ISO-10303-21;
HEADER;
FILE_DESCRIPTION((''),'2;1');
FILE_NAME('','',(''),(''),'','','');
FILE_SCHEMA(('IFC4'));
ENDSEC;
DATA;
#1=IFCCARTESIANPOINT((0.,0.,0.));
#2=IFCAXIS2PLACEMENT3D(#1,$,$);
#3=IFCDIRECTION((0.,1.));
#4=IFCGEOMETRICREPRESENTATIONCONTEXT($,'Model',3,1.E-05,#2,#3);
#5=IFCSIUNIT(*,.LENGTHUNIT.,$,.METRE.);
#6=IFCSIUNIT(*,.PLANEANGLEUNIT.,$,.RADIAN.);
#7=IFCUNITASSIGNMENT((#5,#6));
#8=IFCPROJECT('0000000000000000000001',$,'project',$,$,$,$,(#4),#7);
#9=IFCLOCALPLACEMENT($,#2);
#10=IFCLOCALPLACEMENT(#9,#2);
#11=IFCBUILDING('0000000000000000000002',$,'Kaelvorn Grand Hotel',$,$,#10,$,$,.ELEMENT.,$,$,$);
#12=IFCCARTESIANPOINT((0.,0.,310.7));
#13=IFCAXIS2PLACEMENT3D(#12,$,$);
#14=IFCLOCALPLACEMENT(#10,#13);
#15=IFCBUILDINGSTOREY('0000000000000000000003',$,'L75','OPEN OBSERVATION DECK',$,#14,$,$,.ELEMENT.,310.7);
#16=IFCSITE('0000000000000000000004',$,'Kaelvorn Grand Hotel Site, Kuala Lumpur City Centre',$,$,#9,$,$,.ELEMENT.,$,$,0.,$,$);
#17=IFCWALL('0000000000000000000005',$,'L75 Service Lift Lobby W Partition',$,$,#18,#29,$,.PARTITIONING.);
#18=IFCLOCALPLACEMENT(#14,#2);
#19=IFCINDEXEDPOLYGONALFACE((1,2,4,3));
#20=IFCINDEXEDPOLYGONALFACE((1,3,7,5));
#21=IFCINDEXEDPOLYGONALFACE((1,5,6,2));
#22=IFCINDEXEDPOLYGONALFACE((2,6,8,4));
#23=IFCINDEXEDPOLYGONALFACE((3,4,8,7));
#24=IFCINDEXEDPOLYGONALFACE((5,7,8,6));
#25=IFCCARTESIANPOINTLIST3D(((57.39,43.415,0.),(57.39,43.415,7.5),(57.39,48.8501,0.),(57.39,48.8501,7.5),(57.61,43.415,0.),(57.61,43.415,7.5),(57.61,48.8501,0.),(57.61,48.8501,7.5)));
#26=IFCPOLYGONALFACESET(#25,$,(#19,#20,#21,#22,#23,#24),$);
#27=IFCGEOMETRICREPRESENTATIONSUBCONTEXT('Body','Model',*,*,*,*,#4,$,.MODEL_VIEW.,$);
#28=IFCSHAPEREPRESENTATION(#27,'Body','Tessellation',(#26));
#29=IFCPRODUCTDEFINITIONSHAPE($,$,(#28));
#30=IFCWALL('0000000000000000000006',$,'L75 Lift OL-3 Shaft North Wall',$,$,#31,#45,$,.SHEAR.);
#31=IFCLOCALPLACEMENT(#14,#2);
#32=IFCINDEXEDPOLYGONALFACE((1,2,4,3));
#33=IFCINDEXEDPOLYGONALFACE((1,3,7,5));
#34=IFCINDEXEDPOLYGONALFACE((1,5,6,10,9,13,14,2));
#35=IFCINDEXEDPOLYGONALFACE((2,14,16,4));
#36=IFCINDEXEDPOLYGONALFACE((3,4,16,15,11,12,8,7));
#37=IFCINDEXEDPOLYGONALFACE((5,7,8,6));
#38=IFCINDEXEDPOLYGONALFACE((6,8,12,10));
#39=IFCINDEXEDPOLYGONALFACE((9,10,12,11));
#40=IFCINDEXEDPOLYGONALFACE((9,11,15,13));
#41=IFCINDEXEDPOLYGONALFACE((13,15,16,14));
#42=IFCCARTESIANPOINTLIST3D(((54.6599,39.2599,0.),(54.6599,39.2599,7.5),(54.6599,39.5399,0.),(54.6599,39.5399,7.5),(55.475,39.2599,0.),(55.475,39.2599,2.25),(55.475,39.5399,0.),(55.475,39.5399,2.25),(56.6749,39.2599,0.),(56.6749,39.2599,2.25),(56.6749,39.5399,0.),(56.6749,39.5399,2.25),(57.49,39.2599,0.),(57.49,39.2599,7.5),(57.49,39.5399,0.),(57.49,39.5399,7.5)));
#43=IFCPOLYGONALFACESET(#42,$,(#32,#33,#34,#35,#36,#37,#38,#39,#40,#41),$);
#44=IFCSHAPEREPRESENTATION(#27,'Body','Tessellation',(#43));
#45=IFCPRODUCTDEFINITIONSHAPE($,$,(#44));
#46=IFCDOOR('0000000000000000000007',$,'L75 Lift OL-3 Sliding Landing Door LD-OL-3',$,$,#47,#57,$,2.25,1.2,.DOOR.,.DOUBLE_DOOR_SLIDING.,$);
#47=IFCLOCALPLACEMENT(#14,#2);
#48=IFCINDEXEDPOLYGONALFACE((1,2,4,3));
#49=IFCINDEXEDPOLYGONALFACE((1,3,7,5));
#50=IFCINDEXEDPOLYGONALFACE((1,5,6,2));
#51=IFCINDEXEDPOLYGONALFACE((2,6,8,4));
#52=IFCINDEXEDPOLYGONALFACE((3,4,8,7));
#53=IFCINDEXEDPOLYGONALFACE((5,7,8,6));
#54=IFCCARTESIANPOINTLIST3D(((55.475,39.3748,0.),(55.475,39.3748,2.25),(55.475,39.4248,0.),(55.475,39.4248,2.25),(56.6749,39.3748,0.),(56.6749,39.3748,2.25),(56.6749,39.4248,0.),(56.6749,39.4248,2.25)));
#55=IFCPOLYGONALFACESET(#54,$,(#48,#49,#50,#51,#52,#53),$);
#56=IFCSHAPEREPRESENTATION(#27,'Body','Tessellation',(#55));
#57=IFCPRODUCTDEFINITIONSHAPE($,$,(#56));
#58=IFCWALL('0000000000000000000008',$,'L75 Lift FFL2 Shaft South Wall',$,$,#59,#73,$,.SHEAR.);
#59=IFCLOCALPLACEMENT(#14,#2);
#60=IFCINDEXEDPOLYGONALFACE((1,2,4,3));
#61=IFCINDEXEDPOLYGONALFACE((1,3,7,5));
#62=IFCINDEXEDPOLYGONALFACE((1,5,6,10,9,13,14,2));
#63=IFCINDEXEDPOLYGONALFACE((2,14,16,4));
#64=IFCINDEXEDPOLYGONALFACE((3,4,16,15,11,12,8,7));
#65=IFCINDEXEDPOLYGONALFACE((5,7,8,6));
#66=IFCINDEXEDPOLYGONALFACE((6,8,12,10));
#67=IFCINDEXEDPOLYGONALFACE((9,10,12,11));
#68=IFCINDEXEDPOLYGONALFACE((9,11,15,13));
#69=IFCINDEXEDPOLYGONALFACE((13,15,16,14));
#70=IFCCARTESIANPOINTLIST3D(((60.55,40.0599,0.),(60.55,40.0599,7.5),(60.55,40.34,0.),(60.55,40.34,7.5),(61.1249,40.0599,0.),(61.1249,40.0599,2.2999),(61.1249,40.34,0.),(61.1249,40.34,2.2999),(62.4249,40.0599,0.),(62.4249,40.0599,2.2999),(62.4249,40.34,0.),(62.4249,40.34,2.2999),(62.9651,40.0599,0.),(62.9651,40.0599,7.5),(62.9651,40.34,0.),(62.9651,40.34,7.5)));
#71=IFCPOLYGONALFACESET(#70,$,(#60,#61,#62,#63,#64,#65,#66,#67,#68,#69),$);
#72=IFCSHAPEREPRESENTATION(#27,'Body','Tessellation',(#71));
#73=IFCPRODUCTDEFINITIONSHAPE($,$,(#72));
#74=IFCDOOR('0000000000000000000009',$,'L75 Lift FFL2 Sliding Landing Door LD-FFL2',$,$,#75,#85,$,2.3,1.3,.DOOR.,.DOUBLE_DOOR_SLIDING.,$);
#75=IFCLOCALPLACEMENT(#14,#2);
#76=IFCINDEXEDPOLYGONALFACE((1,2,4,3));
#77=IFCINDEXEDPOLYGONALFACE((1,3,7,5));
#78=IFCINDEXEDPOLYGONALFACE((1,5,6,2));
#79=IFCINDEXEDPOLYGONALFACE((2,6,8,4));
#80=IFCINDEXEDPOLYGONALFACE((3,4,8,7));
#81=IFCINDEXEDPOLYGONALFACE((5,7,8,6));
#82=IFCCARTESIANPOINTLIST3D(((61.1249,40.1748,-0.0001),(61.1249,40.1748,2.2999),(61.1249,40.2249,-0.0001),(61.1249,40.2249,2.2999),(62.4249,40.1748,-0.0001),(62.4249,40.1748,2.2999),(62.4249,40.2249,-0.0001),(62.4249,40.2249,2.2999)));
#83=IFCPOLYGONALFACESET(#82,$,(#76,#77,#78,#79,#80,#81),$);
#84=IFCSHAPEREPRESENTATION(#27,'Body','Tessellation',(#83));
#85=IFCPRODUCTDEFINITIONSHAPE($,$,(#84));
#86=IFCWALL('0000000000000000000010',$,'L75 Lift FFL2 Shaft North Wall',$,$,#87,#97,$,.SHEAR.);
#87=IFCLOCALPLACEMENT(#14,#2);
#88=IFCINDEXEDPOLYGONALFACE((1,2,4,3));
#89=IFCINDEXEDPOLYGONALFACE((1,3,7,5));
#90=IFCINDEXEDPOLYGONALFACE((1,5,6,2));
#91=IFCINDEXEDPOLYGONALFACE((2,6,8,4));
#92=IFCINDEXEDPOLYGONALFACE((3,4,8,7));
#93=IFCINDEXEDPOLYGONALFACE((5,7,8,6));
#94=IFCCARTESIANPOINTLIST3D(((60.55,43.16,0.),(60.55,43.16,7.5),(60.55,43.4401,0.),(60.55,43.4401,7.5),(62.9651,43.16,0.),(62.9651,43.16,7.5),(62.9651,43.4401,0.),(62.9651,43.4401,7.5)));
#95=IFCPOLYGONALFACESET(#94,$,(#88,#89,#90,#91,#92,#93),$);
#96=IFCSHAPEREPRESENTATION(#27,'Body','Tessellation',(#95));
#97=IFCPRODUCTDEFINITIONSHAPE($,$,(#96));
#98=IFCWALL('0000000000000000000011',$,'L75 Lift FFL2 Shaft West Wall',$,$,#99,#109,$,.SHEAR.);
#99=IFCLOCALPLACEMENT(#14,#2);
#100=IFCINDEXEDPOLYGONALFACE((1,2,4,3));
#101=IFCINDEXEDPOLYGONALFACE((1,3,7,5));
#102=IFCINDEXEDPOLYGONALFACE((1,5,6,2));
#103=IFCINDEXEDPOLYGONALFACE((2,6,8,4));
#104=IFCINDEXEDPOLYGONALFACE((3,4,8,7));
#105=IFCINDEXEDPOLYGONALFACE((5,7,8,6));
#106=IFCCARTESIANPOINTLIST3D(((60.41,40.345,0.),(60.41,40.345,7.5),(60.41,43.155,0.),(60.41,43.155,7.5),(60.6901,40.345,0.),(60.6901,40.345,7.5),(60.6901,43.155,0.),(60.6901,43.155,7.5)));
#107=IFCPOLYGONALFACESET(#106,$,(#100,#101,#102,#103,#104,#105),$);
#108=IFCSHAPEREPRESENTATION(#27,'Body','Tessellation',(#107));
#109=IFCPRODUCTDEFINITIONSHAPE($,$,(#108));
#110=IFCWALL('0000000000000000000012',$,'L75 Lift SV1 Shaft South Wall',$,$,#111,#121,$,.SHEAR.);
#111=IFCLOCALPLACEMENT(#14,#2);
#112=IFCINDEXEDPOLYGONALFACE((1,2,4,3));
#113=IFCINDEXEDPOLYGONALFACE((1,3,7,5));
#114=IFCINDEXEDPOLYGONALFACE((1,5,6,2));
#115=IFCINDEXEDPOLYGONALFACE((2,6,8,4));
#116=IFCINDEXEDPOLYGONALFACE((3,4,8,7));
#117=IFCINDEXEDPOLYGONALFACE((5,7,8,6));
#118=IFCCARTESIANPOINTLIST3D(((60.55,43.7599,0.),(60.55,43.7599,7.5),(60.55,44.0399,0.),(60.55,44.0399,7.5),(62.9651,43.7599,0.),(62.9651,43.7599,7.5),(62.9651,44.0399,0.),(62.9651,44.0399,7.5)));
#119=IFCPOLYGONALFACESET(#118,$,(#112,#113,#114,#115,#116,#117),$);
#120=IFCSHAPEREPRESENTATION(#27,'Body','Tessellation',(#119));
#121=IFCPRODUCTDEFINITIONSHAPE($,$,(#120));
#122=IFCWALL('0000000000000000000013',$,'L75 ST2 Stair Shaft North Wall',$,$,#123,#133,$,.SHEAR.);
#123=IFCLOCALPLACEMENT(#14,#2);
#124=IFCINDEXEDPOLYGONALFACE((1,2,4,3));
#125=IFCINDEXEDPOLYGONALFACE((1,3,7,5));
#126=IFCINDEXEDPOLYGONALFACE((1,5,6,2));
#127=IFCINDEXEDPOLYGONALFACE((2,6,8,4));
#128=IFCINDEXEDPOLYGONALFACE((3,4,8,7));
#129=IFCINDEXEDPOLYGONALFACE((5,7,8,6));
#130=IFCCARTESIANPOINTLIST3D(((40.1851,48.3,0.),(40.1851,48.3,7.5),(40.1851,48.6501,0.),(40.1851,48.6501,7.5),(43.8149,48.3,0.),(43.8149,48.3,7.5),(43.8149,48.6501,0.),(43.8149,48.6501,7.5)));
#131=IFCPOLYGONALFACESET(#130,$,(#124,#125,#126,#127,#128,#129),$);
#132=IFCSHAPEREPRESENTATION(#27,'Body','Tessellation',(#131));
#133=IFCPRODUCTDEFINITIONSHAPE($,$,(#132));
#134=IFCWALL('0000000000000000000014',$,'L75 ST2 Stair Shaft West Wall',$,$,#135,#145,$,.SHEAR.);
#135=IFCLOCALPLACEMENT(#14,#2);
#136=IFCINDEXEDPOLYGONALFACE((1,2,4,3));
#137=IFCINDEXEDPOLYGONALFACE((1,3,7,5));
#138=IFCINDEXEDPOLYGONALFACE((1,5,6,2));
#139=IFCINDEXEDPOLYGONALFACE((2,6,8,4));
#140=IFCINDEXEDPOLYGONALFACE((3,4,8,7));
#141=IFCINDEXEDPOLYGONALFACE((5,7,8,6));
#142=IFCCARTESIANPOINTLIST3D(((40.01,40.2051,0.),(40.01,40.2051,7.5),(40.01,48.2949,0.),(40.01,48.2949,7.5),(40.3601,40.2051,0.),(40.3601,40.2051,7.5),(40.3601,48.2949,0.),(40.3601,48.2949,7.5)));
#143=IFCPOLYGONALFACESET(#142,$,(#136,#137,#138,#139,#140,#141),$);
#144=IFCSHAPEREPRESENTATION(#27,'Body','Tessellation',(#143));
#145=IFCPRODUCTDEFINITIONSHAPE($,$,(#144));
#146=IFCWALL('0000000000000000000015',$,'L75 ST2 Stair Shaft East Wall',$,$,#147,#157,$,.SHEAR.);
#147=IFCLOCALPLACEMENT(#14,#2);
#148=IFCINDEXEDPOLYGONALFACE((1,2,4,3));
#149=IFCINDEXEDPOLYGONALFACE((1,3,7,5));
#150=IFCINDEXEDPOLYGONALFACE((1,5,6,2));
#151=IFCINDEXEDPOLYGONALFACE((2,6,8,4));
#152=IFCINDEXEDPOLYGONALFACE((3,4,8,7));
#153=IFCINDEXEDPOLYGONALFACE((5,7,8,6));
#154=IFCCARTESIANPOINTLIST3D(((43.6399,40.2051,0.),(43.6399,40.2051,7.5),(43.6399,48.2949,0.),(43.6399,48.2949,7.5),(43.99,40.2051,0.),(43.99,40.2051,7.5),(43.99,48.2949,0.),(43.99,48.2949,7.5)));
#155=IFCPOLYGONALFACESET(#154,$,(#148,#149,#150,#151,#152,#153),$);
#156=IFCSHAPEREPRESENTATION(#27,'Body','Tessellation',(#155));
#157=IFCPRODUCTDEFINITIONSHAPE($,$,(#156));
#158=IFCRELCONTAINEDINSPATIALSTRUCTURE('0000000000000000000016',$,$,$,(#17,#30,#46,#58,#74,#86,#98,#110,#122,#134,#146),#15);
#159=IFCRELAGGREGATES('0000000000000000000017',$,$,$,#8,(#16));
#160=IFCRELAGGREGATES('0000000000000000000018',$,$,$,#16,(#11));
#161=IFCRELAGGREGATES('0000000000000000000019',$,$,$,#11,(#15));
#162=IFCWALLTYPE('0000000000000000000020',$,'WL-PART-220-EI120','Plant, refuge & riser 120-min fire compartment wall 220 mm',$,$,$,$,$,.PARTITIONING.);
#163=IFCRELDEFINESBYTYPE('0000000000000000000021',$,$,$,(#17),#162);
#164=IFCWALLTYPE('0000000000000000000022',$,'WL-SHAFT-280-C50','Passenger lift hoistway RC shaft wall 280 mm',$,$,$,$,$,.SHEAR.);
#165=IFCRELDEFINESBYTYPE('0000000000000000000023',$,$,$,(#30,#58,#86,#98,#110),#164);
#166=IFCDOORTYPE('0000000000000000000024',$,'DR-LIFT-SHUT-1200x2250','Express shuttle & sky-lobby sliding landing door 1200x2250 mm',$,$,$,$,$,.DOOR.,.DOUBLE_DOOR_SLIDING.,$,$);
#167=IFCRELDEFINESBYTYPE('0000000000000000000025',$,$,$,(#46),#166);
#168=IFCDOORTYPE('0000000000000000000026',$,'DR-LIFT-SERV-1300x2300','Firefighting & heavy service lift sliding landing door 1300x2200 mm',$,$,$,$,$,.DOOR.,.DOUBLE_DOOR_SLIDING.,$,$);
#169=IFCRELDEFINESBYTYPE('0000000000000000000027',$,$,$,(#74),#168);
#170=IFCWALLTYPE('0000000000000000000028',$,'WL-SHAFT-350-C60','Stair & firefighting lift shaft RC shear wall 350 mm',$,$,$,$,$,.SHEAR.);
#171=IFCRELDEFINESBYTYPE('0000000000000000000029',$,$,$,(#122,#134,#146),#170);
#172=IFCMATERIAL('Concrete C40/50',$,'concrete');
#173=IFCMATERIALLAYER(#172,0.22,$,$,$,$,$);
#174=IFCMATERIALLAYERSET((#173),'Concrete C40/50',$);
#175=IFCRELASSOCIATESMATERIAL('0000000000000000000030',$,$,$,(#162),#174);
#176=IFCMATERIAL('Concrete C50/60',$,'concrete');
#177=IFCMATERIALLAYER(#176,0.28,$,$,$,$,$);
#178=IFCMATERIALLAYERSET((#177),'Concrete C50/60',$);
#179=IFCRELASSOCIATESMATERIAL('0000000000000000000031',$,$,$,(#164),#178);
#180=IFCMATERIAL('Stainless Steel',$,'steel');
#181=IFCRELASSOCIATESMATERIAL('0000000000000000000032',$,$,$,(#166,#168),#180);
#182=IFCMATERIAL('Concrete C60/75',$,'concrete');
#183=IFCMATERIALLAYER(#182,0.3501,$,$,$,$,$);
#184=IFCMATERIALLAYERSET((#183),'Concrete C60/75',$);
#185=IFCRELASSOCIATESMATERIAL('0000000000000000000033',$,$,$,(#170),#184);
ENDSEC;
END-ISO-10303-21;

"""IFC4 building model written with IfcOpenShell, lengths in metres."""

from ifc_helpers import new_model, si_unit, direction, frame, frame_2d, origin, place, context, subcontext, project, spatial, rectangle, extrude, material, layer, layer_set, type_object, element, fill, save


model = new_model("IFC4")

# Units and contexts
model_context = context("Model", 3, precision=1e-05, world=origin(), true_north=direction((0.0, 1.0)))
body_context = subcontext(model_context, "Body", "Model", "MODEL_VIEW")
ifc_project = project(units=[si_unit("LENGTHUNIT", "METRE"), si_unit("PLANEANGLEUNIT", "RADIAN")], contexts=[model_context])

# Site, building, storey
site_placement = place(None, origin())
site = spatial("IfcSite", under=ifc_project, at=site_placement, Name="Kaelvorn Grand Hotel Site, Kuala Lumpur City Centre", CompositionType="ELEMENT", RefElevation=0.0)
building_placement = place(site_placement, origin())
building = spatial("IfcBuilding", under=site, at=building_placement, Name="Kaelvorn Grand Hotel", CompositionType="ELEMENT")
storey_placement = place(building_placement, frame((0.0, 0.0, 310.7)))
storey = spatial("IfcBuildingStorey", under=building, at=storey_placement, Name="L75", Description="OPEN OBSERVATION DECK", CompositionType="ELEMENT", Elevation=310.7)

# Shared definitions
ifc_material_1 = material(Name="Concrete C50/60", Category="concrete")

# Shared definitions
ifc_material_2 = material(Name="Concrete C40/50", Category="concrete")
ifc_layer_1 = layer(ifc_material_2, 0.22)
ifc_layer_set_1 = layer_set([ifc_layer_1], Name="Concrete C40/50")
wall_type_1 = type_object("IfcWallType", Name="WL-PART-220-EI120", Description="Plant, refuge & riser 120-min fire compartment wall 220 mm", PredefinedType="PARTITIONING", material=ifc_layer_set_1)

# Wall
wall_1_placement = place(storey_placement, frame((57.5, 43.415, 0.0), z_axis=(0.0, 0.0, 1.0), x_axis=(0.0, 1.0, 0.0)))
element("IfcWall", 1, at=wall_1_placement, inside=storey, type_object=wall_type_1, Name="L75 Service Lift Lobby W Partition", PredefinedType="PARTITIONING", context=body_context, shape_type="SweptSolid", body=[
    extrude(rectangle(XDim=5.4351, YDim=0.22, at=frame_2d((2.7175, 0.0))), origin(), (0.0, 0.0, 1.0), 7.5),
])

# Walls, openings, doors
ifc_layer_2 = layer(ifc_material_1, 0.28)
ifc_layer_set_2 = layer_set([ifc_layer_2], Name="Concrete C50/60")
wall_type_2 = type_object("IfcWallType", Name="WL-SHAFT-280-C50", Description="Passenger lift hoistway RC shaft wall 280 mm", PredefinedType="SHEAR", material=ifc_layer_set_2)
wall_2_placement = place(storey_placement, frame((54.6599, 39.3999, 0.0), z_axis=(0.0, 0.0, 1.0), x_axis=(1.0, 0.0, 0.0)))
wall_2 = element("IfcWall", 2, at=wall_2_placement, inside=storey, type_object=wall_type_2, Name="L75 Lift OL-3 Shaft North Wall", PredefinedType="SHEAR", context=body_context, shape_type="SweptSolid", body=[
    extrude(rectangle(XDim=2.8301, YDim=0.28, at=frame_2d((1.415, 0.0))), origin(), (0.0, 0.0, 1.0), 7.5),
])
opening_1_placement = place(wall_2_placement, frame((0.8149, 0.0, 0.0)))
opening_1 = element("IfcOpeningElement", 3, at=opening_1_placement, cuts=wall_2, PredefinedType="OPENING", context=body_context, shape_type="SweptSolid", body=[
    extrude(rectangle(XDim=1.2, YDim=2.25, at=frame_2d((0.6001, 1.125))), frame((0.0, 0.1499, 0.0), z_axis=(0.0, -1.0, 0.0), x_axis=(1.0, 0.0, 0.0)), (0.0, 0.0, 1.0), 0.3),
])
ifc_material_3 = material(Name="Stainless Steel", Category="steel")
door_type_1 = type_object("IfcDoorType", Name="DR-LIFT-SHUT-1200x2250", Description="Express shuttle & sky-lobby sliding landing door 1200x2250 mm", OperationType="DOUBLE_DOOR_SLIDING", PredefinedType="DOOR", material=ifc_material_3)
door_1_placement = place(opening_1_placement, origin())
door_1 = element("IfcDoor", 4, at=door_1_placement, inside=storey, type_object=door_type_1, Name="L75 Lift OL-3 Sliding Landing Door LD-OL-3", OperationType="DOUBLE_DOOR_SLIDING", OverallHeight=2.25, OverallWidth=1.2, PredefinedType="DOOR", context=body_context, shape_type="SweptSolid", body=[
    extrude(rectangle(XDim=1.2, YDim=2.25, at=frame_2d((0.6001, 1.125))), frame((0.0, 0.0249, 0.0), z_axis=(0.0, -1.0, 0.0), x_axis=(1.0, 0.0, 0.0)), (0.0, 0.0, 1.0), 0.05),
])
fill(opening_1, door_1)
wall_3_placement = place(storey_placement, frame((60.55, 40.2, 0.0), z_axis=(0.0, 0.0, 1.0), x_axis=(1.0, 0.0, 0.0)))
wall_3 = element("IfcWall", 5, at=wall_3_placement, inside=storey, type_object=wall_type_2, Name="L75 Lift FFL2 Shaft South Wall", PredefinedType="SHEAR", context=body_context, shape_type="SweptSolid", body=[
    extrude(rectangle(XDim=2.415, YDim=0.28, at=frame_2d((1.2075, 0.0))), origin(), (0.0, 0.0, 1.0), 7.5),
])
opening_2_placement = place(wall_3_placement, frame((0.575, 0.0, 0.0)))
opening_2 = element("IfcOpeningElement", 6, at=opening_2_placement, cuts=wall_3, PredefinedType="OPENING", context=body_context, shape_type="SweptSolid", body=[
    extrude(rectangle(XDim=1.3, YDim=2.3, at=frame_2d((0.6499, 1.1499))), frame((0.0, 0.1499, 0.0), z_axis=(0.0, -1.0, 0.0), x_axis=(1.0, 0.0, 0.0)), (0.0, 0.0, 1.0), 0.3),
])
door_type_2 = type_object("IfcDoorType", Name="DR-LIFT-SERV-1300x2300", Description="Firefighting & heavy service lift sliding landing door 1300x2200 mm", OperationType="DOUBLE_DOOR_SLIDING", PredefinedType="DOOR", material=ifc_material_3)
door_2_placement = place(opening_2_placement, origin())
door_2 = element("IfcDoor", 7, at=door_2_placement, inside=storey, type_object=door_type_2, Name="L75 Lift FFL2 Sliding Landing Door LD-FFL2", OperationType="DOUBLE_DOOR_SLIDING", OverallHeight=2.3, OverallWidth=1.3, PredefinedType="DOOR", context=body_context, shape_type="SweptSolid", body=[
    extrude(rectangle(XDim=1.3, YDim=2.3, at=frame_2d((0.6499, 1.1499))), frame((0.0, 0.0249, 0.0), z_axis=(0.0, -1.0, 0.0), x_axis=(1.0, 0.0, 0.0)), (0.0, 0.0, 1.0), 0.05),
])
fill(opening_2, door_2)

# Walls
wall_4_placement = place(storey_placement, frame((60.55, 43.3, 0.0), z_axis=(0.0, 0.0, 1.0), x_axis=(1.0, 0.0, 0.0)))
element("IfcWall", 8, at=wall_4_placement, inside=storey, type_object=wall_type_2, Name="L75 Lift FFL2 Shaft North Wall", PredefinedType="SHEAR", context=body_context, shape_type="SweptSolid", body=[
    extrude(rectangle(XDim=2.415, YDim=0.28, at=frame_2d((1.2075, 0.0))), origin(), (0.0, 0.0, 1.0), 7.5),
])
wall_5_placement = place(storey_placement, frame((60.55, 40.345, 0.0), z_axis=(0.0, 0.0, 1.0), x_axis=(0.0, 1.0, 0.0)))
element("IfcWall", 9, at=wall_5_placement, inside=storey, type_object=wall_type_2, Name="L75 Lift FFL2 Shaft West Wall", PredefinedType="SHEAR", context=body_context, shape_type="SweptSolid", body=[
    extrude(rectangle(XDim=2.8101, YDim=0.28, at=frame_2d((1.405, 0.0))), origin(), (0.0, 0.0, 1.0), 7.5),
])
wall_6_placement = place(storey_placement, frame((60.55, 43.8999, 0.0), z_axis=(0.0, 0.0, 1.0), x_axis=(1.0, 0.0, 0.0)))
element("IfcWall", 10, at=wall_6_placement, inside=storey, type_object=wall_type_2, Name="L75 Lift SV1 Shaft South Wall", PredefinedType="SHEAR", context=body_context, shape_type="SweptSolid", body=[
    extrude(rectangle(XDim=2.415, YDim=0.28, at=frame_2d((1.2075, 0.0))), origin(), (0.0, 0.0, 1.0), 7.5),
])

# Shared definitions
ifc_material_4 = material(Name="Concrete C60/75", Category="concrete")
ifc_layer_3 = layer(ifc_material_4, 0.3501)
ifc_layer_set_3 = layer_set([ifc_layer_3], Name="Concrete C60/75")
wall_type_3 = type_object("IfcWallType", Name="WL-SHAFT-350-C60", Description="Stair & firefighting lift shaft RC shear wall 350 mm", PredefinedType="SHEAR", material=ifc_layer_set_3)

# Walls
wall_7_placement = place(storey_placement, frame((40.1851, 48.4751, 0.0), z_axis=(0.0, 0.0, 1.0), x_axis=(1.0, 0.0, 0.0)))
element("IfcWall", 11, at=wall_7_placement, inside=storey, type_object=wall_type_3, Name="L75 ST2 Stair Shaft North Wall", PredefinedType="SHEAR", context=body_context, shape_type="SweptSolid", body=[
    extrude(rectangle(XDim=3.6299, YDim=0.3501, at=frame_2d((1.8149, 0.0))), origin(), (0.0, 0.0, 1.0), 7.5),
])
for number, where, z_axis, x_axis, name in (
    (12, (40.1851, 40.2051, 0.0), (0.0, 0.0, 1.0), (0.0, 1.0, 0.0), "L75 ST2 Stair Shaft West Wall"),
    (13, (43.8149, 40.2051, 0.0), (0.0, 0.0, 1.0), (0.0, 1.0, 0.0), "L75 ST2 Stair Shaft East Wall"),
):
    element("IfcWall", number, at=place(storey_placement, frame(where, z_axis=z_axis, x_axis=x_axis)), inside=storey, type_object=wall_type_3, Name=name, PredefinedType="SHEAR", context=body_context, shape_type="SweptSolid", body=[
        extrude(rectangle(XDim=8.0898, YDim=0.3501, at=frame_2d((4.0449, 0.0))), origin(), (0.0, 0.0, 1.0), 7.5),
    ])

save(model, "model.ifc")
